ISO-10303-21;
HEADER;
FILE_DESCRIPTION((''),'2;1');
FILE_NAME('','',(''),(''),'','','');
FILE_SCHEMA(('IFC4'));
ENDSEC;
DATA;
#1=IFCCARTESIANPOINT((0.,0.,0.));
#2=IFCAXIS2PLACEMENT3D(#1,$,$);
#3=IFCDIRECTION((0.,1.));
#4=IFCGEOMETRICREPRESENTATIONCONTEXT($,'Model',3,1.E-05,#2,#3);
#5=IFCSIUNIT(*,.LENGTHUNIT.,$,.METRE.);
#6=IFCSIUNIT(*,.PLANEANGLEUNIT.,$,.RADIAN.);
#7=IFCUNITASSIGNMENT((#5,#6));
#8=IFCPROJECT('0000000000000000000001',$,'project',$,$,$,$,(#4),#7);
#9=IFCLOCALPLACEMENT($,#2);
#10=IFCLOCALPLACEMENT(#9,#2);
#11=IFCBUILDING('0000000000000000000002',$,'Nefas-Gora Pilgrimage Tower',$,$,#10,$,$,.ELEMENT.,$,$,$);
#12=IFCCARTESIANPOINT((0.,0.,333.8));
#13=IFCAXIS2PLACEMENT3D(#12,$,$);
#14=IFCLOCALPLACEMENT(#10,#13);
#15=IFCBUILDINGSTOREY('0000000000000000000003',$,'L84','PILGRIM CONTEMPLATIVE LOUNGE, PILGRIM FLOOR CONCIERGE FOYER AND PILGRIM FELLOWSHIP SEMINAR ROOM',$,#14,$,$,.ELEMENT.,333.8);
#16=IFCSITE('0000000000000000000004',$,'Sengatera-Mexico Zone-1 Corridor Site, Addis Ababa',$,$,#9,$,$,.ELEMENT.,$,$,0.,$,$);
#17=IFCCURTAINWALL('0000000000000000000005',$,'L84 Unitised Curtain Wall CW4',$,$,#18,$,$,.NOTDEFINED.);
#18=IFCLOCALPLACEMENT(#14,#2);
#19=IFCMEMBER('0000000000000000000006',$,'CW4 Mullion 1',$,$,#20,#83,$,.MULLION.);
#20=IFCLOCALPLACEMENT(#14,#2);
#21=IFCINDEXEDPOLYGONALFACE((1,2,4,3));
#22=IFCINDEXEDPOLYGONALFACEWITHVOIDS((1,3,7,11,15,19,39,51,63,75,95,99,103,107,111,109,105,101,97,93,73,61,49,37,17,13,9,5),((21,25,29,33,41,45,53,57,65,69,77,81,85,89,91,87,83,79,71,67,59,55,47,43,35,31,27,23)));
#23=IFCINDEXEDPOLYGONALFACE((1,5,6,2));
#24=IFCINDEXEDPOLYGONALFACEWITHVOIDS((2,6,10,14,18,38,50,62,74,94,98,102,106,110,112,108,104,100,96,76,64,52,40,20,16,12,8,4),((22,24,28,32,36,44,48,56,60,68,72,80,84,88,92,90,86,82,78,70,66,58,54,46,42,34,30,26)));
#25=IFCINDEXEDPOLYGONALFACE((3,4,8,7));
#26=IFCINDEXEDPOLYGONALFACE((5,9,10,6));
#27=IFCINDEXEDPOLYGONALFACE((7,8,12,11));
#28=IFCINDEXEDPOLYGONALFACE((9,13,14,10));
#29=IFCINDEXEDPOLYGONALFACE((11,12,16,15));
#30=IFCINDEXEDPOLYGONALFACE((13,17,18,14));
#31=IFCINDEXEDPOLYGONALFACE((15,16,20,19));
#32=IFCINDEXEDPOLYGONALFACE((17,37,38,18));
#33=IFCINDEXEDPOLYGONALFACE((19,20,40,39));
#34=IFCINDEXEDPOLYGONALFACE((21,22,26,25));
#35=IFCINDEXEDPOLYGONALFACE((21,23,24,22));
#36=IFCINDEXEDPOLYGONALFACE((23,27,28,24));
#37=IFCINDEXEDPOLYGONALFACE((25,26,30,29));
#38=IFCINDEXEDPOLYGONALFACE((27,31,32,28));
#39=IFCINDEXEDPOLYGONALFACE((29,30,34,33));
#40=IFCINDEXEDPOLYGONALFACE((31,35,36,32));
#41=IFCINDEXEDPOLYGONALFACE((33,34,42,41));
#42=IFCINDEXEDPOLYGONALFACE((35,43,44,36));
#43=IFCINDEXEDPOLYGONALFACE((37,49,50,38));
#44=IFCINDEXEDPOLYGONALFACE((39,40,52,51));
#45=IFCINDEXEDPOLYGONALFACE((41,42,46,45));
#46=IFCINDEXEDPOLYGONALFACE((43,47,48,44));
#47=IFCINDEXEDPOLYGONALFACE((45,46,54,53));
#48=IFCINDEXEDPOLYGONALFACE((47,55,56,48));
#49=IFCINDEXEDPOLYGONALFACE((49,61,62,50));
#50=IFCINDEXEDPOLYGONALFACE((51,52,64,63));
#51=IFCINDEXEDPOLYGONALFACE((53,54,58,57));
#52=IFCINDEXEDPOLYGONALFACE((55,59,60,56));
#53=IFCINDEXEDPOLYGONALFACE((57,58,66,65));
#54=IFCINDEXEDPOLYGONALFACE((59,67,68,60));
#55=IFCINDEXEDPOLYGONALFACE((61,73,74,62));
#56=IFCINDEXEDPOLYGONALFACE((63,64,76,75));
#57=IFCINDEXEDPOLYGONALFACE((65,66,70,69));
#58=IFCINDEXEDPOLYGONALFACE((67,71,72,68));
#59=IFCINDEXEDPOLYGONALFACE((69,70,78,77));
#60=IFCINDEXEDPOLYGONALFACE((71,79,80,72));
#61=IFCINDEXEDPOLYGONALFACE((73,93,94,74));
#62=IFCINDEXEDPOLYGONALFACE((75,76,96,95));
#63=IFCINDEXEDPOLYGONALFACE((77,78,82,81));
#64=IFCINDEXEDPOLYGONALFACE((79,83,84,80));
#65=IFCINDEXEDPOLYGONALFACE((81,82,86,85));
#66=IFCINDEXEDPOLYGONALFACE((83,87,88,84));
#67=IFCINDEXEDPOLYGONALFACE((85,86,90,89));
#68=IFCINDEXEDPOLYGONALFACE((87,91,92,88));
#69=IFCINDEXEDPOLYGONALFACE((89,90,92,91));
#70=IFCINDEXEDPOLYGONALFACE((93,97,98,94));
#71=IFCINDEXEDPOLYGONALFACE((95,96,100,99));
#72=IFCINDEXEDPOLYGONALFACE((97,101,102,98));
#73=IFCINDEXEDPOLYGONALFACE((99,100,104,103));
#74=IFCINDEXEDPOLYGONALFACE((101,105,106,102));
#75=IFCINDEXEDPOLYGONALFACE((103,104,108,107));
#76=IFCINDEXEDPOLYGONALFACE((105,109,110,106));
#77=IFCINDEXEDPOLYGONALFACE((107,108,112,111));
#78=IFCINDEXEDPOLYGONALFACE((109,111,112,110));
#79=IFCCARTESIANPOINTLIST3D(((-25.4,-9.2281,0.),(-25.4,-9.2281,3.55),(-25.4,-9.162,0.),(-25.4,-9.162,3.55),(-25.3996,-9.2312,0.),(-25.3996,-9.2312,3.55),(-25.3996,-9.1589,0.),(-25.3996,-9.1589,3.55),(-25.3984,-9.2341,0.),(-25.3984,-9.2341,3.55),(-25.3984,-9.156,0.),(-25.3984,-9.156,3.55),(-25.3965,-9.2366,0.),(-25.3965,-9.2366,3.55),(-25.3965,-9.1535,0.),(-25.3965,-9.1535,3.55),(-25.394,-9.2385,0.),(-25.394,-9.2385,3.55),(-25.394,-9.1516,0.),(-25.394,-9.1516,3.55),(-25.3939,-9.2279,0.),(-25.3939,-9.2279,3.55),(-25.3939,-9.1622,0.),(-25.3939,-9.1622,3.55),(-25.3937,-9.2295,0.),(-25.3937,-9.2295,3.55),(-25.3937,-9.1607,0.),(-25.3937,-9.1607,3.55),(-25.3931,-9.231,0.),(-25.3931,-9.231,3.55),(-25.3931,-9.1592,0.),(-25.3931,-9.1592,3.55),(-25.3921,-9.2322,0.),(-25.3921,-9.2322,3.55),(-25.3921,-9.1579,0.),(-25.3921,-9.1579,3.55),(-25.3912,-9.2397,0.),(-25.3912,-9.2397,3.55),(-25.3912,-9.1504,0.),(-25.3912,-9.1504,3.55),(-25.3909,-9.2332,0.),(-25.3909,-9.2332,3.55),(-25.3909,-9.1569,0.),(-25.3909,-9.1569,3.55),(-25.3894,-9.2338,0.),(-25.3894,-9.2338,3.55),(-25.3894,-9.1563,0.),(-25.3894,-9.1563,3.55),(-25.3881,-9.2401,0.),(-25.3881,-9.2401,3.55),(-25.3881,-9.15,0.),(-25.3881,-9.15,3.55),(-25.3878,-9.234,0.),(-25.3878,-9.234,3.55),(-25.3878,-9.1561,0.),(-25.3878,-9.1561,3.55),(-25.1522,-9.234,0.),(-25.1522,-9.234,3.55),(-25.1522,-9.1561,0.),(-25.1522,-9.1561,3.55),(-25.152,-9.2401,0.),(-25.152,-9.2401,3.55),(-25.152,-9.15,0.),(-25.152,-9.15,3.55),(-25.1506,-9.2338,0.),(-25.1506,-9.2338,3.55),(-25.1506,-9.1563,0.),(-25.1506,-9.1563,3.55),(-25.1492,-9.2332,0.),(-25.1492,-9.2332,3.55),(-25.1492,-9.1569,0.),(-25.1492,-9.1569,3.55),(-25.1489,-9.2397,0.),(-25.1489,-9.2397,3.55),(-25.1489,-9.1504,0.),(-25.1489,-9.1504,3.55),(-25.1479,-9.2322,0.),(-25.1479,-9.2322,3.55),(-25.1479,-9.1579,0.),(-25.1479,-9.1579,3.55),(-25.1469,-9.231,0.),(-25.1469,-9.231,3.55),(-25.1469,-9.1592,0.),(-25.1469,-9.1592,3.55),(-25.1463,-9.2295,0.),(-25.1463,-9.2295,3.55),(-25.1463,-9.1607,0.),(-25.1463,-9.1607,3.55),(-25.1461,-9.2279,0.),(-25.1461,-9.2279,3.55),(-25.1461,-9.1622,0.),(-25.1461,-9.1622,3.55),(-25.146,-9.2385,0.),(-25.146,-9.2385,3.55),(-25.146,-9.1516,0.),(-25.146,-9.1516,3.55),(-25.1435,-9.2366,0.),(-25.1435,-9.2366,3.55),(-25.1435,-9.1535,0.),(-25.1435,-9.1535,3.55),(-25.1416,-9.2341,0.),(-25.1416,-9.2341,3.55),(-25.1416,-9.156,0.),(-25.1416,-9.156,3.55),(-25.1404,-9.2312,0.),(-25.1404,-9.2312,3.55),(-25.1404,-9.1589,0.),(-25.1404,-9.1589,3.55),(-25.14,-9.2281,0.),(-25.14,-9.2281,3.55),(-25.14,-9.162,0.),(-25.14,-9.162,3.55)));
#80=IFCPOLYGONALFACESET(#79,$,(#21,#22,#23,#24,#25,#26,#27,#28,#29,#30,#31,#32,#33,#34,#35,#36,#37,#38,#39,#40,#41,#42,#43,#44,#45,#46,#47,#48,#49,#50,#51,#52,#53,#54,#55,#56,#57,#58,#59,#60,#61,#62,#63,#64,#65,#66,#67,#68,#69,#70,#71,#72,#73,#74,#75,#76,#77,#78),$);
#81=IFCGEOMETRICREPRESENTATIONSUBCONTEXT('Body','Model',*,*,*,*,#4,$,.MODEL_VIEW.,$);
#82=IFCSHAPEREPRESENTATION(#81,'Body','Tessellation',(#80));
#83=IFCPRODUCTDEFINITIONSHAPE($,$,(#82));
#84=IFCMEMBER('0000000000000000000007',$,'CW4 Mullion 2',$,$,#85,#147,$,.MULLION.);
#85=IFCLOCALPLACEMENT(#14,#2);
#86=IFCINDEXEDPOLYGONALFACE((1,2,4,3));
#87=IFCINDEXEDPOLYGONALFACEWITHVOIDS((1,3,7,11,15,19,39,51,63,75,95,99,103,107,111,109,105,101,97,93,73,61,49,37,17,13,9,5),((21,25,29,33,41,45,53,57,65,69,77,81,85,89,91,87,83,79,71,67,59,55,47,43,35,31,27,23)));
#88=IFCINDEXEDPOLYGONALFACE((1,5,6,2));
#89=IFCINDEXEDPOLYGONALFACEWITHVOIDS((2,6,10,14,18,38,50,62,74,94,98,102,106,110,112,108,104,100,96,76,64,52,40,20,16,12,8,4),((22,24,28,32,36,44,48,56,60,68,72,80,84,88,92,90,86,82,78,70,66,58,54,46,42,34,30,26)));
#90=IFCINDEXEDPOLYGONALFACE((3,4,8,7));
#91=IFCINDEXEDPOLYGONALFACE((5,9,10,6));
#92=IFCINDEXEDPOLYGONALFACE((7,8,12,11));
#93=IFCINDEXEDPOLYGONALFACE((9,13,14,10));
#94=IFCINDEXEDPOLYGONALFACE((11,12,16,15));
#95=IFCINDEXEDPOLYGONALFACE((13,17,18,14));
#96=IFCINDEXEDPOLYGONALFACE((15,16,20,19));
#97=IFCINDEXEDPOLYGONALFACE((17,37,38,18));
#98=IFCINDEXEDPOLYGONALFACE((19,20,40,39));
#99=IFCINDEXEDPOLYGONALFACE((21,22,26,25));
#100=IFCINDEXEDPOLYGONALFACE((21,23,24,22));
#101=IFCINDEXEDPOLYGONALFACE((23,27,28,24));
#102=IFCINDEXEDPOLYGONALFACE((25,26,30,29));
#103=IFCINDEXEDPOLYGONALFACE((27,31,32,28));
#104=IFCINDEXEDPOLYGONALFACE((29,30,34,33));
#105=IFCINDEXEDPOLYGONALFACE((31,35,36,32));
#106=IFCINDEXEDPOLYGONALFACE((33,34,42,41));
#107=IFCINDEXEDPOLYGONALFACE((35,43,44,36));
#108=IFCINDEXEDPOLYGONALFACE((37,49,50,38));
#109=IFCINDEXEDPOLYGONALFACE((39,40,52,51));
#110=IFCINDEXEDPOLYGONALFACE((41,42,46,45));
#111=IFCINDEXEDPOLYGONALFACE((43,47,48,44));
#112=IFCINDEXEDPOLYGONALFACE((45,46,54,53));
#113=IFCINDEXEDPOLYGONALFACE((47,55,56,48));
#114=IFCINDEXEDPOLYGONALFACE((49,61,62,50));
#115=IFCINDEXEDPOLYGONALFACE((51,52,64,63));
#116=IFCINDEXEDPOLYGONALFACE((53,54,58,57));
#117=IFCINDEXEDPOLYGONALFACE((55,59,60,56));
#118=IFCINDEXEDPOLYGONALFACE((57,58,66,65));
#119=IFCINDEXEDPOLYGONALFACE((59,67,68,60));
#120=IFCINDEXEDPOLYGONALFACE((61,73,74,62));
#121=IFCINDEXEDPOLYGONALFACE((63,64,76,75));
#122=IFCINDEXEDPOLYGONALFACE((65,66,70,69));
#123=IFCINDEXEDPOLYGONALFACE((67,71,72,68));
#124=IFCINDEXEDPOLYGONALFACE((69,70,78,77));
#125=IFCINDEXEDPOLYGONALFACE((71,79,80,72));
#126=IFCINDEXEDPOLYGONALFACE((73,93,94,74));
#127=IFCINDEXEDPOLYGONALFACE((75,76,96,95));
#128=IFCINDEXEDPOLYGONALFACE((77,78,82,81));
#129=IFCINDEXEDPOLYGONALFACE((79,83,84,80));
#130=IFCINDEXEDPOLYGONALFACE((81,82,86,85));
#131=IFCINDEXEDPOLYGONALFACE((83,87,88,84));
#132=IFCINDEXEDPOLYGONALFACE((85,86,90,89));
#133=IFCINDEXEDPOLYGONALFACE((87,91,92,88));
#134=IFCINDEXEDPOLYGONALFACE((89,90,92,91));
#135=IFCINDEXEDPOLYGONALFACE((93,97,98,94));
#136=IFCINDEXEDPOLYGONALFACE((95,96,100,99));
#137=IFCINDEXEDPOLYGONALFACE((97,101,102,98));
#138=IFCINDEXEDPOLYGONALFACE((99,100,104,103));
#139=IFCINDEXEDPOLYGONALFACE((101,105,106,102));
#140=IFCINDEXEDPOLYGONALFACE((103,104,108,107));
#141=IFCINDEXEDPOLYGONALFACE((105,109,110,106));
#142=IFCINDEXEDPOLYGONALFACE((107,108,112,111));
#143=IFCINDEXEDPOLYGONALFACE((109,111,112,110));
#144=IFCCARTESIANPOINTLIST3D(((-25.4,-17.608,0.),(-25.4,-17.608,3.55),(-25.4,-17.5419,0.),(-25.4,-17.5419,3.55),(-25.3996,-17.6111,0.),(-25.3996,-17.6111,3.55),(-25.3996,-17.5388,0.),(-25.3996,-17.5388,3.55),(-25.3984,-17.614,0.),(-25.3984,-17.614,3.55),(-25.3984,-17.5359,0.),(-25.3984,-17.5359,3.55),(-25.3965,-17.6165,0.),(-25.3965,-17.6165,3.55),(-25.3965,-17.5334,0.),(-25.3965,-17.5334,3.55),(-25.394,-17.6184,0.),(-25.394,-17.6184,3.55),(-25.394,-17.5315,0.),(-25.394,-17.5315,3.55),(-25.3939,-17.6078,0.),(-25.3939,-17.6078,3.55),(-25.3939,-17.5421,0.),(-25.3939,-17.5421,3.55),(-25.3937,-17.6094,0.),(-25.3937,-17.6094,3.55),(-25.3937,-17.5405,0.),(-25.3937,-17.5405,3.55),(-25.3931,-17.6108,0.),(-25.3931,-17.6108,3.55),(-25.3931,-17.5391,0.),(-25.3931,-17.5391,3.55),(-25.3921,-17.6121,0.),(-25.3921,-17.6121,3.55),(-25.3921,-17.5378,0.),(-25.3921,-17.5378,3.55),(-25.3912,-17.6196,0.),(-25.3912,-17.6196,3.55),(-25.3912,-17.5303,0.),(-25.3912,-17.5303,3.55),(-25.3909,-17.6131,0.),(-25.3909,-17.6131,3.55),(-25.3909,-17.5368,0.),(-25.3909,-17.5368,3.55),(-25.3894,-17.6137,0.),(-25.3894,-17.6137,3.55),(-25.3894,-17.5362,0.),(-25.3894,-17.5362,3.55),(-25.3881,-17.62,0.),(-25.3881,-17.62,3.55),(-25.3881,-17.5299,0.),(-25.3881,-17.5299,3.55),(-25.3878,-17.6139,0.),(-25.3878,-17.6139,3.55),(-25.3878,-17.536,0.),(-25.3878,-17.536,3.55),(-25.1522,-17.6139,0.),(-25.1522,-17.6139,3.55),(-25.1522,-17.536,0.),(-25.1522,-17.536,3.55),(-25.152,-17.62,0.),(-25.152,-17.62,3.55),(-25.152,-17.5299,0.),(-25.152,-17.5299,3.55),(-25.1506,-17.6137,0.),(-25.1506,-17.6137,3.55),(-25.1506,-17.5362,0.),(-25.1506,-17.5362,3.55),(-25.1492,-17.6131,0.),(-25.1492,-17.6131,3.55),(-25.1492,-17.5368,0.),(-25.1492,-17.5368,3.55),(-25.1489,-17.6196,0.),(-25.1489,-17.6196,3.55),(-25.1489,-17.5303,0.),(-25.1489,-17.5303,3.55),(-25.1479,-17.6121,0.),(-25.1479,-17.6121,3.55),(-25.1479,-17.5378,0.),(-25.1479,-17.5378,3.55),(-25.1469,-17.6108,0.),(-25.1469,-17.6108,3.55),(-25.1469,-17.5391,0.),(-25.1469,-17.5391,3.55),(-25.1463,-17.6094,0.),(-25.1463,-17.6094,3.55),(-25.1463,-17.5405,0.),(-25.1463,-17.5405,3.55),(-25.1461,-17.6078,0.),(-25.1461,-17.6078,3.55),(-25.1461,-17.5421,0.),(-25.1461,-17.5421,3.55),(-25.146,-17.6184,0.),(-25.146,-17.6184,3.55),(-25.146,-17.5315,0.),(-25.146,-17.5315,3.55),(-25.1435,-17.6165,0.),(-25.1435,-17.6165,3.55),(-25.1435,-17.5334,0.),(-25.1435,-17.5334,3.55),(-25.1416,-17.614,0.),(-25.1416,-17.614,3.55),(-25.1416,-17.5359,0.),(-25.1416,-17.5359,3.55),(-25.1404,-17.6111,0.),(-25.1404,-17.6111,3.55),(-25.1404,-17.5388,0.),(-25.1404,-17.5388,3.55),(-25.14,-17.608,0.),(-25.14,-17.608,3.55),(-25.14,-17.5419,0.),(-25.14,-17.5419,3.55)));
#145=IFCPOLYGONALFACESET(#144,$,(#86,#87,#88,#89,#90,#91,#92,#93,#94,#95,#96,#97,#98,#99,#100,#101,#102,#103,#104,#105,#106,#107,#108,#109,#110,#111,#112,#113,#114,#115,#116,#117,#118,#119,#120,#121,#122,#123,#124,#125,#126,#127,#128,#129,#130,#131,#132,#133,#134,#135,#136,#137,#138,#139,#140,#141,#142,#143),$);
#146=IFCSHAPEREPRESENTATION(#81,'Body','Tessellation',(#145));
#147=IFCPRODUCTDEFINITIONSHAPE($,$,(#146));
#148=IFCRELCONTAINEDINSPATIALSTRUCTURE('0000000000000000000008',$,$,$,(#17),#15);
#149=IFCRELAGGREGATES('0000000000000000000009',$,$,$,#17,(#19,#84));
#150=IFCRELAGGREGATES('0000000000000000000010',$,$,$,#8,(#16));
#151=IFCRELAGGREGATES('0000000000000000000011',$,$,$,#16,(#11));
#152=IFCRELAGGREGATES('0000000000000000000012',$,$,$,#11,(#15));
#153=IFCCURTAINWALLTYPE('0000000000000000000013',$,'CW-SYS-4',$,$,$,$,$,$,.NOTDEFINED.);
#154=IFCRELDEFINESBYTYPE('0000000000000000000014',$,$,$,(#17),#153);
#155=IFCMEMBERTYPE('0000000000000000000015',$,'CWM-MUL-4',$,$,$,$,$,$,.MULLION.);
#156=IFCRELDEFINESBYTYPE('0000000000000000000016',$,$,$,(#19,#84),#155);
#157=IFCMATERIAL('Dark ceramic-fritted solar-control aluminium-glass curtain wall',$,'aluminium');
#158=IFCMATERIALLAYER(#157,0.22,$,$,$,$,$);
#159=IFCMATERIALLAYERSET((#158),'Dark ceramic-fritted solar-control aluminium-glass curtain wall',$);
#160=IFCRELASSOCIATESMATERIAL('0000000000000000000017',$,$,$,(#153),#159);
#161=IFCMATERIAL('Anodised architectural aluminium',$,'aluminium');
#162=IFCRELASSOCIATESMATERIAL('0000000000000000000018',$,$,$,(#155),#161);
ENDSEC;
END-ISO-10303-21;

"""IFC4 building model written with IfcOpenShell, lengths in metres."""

from ifc_helpers import new_model, si_unit, direction, frame, origin, origin_2d, place, context, subcontext, project, spatial, hollow_rectangle, extrude, source, transform, mapped, material, layer, layer_set, material_profile, profile_set, type_object, element, aggregate, save


model = new_model("IFC4")

# Units and contexts
model_context = context("Model", 3, precision=1e-05, world=origin(), true_north=direction((0.0, 1.0)))
body_context = subcontext(model_context, "Body", "Model", "MODEL_VIEW")
ifc_project = project(units=[si_unit("LENGTHUNIT", "METRE"), si_unit("PLANEANGLEUNIT", "RADIAN")], contexts=[model_context])

# Site, building, storey
site_placement = place(None, origin())
site = spatial("IfcSite", under=ifc_project, at=site_placement, Name="Sengatera-Mexico Zone-1 Corridor Site, Addis Ababa", CompositionType="ELEMENT", RefElevation=0.0)
building_placement = place(site_placement, origin())
building = spatial("IfcBuilding", under=site, at=building_placement, Name="Nefas-Gora Pilgrimage Tower", CompositionType="ELEMENT")
storey_placement = place(building_placement, frame((0.0, 0.0, 333.8)))
storey = spatial("IfcBuildingStorey", under=building, at=storey_placement, Name="L84", Description="PILGRIM CONTEMPLATIVE LOUNGE, PILGRIM FLOOR CONCIERGE FOYER AND PILGRIM FELLOWSHIP SEMINAR ROOM", CompositionType="ELEMENT", Elevation=333.8)

# Curtain wall
ifc_material_1 = material(Name="Dark ceramic-fritted solar-control aluminium-glass curtain wall", Category="aluminium")
ifc_layer_1 = layer(ifc_material_1, 0.22)
ifc_layer_set_1 = layer_set([ifc_layer_1], Name="Dark ceramic-fritted solar-control aluminium-glass curtain wall")
curtain_wall_type = type_object("IfcCurtainWallType", Name="CW-SYS-4", PredefinedType="NOTDEFINED", material=ifc_layer_set_1)
curtain_wall_1_placement = place(storey_placement, origin())
curtain_wall_1 = element("IfcCurtainWall", 1, at=curtain_wall_1_placement, inside=storey, type_object=curtain_wall_type, Name="L84 Unitised Curtain Wall CW4", PredefinedType="NOTDEFINED")
ifc_material_2 = material(Name="Anodised architectural aluminium", Category="aluminium")

# Members
ifc_material_profile_1 = material_profile(ifc_material_2, hollow_rectangle(XDim=0.0901, YDim=0.26, WallThickness=0.0061, InnerFilletRadius=0.0061, OuterFilletRadius=0.012, at=origin_2d()), Name="ALU MULLION 90x260")
ifc_profile_set_1 = profile_set([ifc_material_profile_1], Name="Anodised architectural aluminium")
member_type_1 = type_object("IfcMemberType", Name="CWM-MUL-4", PredefinedType="MULLION", material=ifc_profile_set_1)
shared_shape_1 = source(origin(), body_context, "Body", "SweptSolid", [
    extrude(hollow_rectangle(XDim=0.0901, YDim=0.26, WallThickness=0.0061, InnerFilletRadius=0.0061, OuterFilletRadius=0.012, at=origin_2d()), origin(), (0.0, 0.0, 1.0), 3.55),
])
member_1_placement = place(storey_placement, frame((-25.27, -9.1951, 0.0), z_axis=(0.0, 0.0, 1.0), x_axis=(0.0, -1.0, 0.0)))
member_1 = element("IfcMember", 2, at=member_1_placement, type_object=member_type_1, Name="CW4 Mullion 1", PredefinedType="MULLION", context=body_context, shape_type="MappedRepresentation", body=[
    mapped(shared_shape_1, transform((0.0, 0.0, 0.0), x_axis=(1.0, 0.0, 0.0), y_axis=(0.0, 1.0, 0.0), z_axis=(0.0, 0.0, 1.0), scale=1.0)),
])
member_2_placement = place(storey_placement, frame((-25.27, -17.575, 0.0), z_axis=(0.0, 0.0, 1.0), x_axis=(0.0, -1.0, 0.0)))
member_2 = element("IfcMember", 3, at=member_2_placement, type_object=member_type_1, Name="CW4 Mullion 2", PredefinedType="MULLION", context=body_context, shape_type="MappedRepresentation", body=[
    mapped(shared_shape_1, transform((0.0, 0.0, 0.0), x_axis=(1.0, 0.0, 0.0), y_axis=(0.0, 1.0, 0.0), z_axis=(0.0, 0.0, 1.0), scale=1.0)),
])

aggregate(curtain_wall_1, [member_1, member_2])

save(model, "model.ifc")
